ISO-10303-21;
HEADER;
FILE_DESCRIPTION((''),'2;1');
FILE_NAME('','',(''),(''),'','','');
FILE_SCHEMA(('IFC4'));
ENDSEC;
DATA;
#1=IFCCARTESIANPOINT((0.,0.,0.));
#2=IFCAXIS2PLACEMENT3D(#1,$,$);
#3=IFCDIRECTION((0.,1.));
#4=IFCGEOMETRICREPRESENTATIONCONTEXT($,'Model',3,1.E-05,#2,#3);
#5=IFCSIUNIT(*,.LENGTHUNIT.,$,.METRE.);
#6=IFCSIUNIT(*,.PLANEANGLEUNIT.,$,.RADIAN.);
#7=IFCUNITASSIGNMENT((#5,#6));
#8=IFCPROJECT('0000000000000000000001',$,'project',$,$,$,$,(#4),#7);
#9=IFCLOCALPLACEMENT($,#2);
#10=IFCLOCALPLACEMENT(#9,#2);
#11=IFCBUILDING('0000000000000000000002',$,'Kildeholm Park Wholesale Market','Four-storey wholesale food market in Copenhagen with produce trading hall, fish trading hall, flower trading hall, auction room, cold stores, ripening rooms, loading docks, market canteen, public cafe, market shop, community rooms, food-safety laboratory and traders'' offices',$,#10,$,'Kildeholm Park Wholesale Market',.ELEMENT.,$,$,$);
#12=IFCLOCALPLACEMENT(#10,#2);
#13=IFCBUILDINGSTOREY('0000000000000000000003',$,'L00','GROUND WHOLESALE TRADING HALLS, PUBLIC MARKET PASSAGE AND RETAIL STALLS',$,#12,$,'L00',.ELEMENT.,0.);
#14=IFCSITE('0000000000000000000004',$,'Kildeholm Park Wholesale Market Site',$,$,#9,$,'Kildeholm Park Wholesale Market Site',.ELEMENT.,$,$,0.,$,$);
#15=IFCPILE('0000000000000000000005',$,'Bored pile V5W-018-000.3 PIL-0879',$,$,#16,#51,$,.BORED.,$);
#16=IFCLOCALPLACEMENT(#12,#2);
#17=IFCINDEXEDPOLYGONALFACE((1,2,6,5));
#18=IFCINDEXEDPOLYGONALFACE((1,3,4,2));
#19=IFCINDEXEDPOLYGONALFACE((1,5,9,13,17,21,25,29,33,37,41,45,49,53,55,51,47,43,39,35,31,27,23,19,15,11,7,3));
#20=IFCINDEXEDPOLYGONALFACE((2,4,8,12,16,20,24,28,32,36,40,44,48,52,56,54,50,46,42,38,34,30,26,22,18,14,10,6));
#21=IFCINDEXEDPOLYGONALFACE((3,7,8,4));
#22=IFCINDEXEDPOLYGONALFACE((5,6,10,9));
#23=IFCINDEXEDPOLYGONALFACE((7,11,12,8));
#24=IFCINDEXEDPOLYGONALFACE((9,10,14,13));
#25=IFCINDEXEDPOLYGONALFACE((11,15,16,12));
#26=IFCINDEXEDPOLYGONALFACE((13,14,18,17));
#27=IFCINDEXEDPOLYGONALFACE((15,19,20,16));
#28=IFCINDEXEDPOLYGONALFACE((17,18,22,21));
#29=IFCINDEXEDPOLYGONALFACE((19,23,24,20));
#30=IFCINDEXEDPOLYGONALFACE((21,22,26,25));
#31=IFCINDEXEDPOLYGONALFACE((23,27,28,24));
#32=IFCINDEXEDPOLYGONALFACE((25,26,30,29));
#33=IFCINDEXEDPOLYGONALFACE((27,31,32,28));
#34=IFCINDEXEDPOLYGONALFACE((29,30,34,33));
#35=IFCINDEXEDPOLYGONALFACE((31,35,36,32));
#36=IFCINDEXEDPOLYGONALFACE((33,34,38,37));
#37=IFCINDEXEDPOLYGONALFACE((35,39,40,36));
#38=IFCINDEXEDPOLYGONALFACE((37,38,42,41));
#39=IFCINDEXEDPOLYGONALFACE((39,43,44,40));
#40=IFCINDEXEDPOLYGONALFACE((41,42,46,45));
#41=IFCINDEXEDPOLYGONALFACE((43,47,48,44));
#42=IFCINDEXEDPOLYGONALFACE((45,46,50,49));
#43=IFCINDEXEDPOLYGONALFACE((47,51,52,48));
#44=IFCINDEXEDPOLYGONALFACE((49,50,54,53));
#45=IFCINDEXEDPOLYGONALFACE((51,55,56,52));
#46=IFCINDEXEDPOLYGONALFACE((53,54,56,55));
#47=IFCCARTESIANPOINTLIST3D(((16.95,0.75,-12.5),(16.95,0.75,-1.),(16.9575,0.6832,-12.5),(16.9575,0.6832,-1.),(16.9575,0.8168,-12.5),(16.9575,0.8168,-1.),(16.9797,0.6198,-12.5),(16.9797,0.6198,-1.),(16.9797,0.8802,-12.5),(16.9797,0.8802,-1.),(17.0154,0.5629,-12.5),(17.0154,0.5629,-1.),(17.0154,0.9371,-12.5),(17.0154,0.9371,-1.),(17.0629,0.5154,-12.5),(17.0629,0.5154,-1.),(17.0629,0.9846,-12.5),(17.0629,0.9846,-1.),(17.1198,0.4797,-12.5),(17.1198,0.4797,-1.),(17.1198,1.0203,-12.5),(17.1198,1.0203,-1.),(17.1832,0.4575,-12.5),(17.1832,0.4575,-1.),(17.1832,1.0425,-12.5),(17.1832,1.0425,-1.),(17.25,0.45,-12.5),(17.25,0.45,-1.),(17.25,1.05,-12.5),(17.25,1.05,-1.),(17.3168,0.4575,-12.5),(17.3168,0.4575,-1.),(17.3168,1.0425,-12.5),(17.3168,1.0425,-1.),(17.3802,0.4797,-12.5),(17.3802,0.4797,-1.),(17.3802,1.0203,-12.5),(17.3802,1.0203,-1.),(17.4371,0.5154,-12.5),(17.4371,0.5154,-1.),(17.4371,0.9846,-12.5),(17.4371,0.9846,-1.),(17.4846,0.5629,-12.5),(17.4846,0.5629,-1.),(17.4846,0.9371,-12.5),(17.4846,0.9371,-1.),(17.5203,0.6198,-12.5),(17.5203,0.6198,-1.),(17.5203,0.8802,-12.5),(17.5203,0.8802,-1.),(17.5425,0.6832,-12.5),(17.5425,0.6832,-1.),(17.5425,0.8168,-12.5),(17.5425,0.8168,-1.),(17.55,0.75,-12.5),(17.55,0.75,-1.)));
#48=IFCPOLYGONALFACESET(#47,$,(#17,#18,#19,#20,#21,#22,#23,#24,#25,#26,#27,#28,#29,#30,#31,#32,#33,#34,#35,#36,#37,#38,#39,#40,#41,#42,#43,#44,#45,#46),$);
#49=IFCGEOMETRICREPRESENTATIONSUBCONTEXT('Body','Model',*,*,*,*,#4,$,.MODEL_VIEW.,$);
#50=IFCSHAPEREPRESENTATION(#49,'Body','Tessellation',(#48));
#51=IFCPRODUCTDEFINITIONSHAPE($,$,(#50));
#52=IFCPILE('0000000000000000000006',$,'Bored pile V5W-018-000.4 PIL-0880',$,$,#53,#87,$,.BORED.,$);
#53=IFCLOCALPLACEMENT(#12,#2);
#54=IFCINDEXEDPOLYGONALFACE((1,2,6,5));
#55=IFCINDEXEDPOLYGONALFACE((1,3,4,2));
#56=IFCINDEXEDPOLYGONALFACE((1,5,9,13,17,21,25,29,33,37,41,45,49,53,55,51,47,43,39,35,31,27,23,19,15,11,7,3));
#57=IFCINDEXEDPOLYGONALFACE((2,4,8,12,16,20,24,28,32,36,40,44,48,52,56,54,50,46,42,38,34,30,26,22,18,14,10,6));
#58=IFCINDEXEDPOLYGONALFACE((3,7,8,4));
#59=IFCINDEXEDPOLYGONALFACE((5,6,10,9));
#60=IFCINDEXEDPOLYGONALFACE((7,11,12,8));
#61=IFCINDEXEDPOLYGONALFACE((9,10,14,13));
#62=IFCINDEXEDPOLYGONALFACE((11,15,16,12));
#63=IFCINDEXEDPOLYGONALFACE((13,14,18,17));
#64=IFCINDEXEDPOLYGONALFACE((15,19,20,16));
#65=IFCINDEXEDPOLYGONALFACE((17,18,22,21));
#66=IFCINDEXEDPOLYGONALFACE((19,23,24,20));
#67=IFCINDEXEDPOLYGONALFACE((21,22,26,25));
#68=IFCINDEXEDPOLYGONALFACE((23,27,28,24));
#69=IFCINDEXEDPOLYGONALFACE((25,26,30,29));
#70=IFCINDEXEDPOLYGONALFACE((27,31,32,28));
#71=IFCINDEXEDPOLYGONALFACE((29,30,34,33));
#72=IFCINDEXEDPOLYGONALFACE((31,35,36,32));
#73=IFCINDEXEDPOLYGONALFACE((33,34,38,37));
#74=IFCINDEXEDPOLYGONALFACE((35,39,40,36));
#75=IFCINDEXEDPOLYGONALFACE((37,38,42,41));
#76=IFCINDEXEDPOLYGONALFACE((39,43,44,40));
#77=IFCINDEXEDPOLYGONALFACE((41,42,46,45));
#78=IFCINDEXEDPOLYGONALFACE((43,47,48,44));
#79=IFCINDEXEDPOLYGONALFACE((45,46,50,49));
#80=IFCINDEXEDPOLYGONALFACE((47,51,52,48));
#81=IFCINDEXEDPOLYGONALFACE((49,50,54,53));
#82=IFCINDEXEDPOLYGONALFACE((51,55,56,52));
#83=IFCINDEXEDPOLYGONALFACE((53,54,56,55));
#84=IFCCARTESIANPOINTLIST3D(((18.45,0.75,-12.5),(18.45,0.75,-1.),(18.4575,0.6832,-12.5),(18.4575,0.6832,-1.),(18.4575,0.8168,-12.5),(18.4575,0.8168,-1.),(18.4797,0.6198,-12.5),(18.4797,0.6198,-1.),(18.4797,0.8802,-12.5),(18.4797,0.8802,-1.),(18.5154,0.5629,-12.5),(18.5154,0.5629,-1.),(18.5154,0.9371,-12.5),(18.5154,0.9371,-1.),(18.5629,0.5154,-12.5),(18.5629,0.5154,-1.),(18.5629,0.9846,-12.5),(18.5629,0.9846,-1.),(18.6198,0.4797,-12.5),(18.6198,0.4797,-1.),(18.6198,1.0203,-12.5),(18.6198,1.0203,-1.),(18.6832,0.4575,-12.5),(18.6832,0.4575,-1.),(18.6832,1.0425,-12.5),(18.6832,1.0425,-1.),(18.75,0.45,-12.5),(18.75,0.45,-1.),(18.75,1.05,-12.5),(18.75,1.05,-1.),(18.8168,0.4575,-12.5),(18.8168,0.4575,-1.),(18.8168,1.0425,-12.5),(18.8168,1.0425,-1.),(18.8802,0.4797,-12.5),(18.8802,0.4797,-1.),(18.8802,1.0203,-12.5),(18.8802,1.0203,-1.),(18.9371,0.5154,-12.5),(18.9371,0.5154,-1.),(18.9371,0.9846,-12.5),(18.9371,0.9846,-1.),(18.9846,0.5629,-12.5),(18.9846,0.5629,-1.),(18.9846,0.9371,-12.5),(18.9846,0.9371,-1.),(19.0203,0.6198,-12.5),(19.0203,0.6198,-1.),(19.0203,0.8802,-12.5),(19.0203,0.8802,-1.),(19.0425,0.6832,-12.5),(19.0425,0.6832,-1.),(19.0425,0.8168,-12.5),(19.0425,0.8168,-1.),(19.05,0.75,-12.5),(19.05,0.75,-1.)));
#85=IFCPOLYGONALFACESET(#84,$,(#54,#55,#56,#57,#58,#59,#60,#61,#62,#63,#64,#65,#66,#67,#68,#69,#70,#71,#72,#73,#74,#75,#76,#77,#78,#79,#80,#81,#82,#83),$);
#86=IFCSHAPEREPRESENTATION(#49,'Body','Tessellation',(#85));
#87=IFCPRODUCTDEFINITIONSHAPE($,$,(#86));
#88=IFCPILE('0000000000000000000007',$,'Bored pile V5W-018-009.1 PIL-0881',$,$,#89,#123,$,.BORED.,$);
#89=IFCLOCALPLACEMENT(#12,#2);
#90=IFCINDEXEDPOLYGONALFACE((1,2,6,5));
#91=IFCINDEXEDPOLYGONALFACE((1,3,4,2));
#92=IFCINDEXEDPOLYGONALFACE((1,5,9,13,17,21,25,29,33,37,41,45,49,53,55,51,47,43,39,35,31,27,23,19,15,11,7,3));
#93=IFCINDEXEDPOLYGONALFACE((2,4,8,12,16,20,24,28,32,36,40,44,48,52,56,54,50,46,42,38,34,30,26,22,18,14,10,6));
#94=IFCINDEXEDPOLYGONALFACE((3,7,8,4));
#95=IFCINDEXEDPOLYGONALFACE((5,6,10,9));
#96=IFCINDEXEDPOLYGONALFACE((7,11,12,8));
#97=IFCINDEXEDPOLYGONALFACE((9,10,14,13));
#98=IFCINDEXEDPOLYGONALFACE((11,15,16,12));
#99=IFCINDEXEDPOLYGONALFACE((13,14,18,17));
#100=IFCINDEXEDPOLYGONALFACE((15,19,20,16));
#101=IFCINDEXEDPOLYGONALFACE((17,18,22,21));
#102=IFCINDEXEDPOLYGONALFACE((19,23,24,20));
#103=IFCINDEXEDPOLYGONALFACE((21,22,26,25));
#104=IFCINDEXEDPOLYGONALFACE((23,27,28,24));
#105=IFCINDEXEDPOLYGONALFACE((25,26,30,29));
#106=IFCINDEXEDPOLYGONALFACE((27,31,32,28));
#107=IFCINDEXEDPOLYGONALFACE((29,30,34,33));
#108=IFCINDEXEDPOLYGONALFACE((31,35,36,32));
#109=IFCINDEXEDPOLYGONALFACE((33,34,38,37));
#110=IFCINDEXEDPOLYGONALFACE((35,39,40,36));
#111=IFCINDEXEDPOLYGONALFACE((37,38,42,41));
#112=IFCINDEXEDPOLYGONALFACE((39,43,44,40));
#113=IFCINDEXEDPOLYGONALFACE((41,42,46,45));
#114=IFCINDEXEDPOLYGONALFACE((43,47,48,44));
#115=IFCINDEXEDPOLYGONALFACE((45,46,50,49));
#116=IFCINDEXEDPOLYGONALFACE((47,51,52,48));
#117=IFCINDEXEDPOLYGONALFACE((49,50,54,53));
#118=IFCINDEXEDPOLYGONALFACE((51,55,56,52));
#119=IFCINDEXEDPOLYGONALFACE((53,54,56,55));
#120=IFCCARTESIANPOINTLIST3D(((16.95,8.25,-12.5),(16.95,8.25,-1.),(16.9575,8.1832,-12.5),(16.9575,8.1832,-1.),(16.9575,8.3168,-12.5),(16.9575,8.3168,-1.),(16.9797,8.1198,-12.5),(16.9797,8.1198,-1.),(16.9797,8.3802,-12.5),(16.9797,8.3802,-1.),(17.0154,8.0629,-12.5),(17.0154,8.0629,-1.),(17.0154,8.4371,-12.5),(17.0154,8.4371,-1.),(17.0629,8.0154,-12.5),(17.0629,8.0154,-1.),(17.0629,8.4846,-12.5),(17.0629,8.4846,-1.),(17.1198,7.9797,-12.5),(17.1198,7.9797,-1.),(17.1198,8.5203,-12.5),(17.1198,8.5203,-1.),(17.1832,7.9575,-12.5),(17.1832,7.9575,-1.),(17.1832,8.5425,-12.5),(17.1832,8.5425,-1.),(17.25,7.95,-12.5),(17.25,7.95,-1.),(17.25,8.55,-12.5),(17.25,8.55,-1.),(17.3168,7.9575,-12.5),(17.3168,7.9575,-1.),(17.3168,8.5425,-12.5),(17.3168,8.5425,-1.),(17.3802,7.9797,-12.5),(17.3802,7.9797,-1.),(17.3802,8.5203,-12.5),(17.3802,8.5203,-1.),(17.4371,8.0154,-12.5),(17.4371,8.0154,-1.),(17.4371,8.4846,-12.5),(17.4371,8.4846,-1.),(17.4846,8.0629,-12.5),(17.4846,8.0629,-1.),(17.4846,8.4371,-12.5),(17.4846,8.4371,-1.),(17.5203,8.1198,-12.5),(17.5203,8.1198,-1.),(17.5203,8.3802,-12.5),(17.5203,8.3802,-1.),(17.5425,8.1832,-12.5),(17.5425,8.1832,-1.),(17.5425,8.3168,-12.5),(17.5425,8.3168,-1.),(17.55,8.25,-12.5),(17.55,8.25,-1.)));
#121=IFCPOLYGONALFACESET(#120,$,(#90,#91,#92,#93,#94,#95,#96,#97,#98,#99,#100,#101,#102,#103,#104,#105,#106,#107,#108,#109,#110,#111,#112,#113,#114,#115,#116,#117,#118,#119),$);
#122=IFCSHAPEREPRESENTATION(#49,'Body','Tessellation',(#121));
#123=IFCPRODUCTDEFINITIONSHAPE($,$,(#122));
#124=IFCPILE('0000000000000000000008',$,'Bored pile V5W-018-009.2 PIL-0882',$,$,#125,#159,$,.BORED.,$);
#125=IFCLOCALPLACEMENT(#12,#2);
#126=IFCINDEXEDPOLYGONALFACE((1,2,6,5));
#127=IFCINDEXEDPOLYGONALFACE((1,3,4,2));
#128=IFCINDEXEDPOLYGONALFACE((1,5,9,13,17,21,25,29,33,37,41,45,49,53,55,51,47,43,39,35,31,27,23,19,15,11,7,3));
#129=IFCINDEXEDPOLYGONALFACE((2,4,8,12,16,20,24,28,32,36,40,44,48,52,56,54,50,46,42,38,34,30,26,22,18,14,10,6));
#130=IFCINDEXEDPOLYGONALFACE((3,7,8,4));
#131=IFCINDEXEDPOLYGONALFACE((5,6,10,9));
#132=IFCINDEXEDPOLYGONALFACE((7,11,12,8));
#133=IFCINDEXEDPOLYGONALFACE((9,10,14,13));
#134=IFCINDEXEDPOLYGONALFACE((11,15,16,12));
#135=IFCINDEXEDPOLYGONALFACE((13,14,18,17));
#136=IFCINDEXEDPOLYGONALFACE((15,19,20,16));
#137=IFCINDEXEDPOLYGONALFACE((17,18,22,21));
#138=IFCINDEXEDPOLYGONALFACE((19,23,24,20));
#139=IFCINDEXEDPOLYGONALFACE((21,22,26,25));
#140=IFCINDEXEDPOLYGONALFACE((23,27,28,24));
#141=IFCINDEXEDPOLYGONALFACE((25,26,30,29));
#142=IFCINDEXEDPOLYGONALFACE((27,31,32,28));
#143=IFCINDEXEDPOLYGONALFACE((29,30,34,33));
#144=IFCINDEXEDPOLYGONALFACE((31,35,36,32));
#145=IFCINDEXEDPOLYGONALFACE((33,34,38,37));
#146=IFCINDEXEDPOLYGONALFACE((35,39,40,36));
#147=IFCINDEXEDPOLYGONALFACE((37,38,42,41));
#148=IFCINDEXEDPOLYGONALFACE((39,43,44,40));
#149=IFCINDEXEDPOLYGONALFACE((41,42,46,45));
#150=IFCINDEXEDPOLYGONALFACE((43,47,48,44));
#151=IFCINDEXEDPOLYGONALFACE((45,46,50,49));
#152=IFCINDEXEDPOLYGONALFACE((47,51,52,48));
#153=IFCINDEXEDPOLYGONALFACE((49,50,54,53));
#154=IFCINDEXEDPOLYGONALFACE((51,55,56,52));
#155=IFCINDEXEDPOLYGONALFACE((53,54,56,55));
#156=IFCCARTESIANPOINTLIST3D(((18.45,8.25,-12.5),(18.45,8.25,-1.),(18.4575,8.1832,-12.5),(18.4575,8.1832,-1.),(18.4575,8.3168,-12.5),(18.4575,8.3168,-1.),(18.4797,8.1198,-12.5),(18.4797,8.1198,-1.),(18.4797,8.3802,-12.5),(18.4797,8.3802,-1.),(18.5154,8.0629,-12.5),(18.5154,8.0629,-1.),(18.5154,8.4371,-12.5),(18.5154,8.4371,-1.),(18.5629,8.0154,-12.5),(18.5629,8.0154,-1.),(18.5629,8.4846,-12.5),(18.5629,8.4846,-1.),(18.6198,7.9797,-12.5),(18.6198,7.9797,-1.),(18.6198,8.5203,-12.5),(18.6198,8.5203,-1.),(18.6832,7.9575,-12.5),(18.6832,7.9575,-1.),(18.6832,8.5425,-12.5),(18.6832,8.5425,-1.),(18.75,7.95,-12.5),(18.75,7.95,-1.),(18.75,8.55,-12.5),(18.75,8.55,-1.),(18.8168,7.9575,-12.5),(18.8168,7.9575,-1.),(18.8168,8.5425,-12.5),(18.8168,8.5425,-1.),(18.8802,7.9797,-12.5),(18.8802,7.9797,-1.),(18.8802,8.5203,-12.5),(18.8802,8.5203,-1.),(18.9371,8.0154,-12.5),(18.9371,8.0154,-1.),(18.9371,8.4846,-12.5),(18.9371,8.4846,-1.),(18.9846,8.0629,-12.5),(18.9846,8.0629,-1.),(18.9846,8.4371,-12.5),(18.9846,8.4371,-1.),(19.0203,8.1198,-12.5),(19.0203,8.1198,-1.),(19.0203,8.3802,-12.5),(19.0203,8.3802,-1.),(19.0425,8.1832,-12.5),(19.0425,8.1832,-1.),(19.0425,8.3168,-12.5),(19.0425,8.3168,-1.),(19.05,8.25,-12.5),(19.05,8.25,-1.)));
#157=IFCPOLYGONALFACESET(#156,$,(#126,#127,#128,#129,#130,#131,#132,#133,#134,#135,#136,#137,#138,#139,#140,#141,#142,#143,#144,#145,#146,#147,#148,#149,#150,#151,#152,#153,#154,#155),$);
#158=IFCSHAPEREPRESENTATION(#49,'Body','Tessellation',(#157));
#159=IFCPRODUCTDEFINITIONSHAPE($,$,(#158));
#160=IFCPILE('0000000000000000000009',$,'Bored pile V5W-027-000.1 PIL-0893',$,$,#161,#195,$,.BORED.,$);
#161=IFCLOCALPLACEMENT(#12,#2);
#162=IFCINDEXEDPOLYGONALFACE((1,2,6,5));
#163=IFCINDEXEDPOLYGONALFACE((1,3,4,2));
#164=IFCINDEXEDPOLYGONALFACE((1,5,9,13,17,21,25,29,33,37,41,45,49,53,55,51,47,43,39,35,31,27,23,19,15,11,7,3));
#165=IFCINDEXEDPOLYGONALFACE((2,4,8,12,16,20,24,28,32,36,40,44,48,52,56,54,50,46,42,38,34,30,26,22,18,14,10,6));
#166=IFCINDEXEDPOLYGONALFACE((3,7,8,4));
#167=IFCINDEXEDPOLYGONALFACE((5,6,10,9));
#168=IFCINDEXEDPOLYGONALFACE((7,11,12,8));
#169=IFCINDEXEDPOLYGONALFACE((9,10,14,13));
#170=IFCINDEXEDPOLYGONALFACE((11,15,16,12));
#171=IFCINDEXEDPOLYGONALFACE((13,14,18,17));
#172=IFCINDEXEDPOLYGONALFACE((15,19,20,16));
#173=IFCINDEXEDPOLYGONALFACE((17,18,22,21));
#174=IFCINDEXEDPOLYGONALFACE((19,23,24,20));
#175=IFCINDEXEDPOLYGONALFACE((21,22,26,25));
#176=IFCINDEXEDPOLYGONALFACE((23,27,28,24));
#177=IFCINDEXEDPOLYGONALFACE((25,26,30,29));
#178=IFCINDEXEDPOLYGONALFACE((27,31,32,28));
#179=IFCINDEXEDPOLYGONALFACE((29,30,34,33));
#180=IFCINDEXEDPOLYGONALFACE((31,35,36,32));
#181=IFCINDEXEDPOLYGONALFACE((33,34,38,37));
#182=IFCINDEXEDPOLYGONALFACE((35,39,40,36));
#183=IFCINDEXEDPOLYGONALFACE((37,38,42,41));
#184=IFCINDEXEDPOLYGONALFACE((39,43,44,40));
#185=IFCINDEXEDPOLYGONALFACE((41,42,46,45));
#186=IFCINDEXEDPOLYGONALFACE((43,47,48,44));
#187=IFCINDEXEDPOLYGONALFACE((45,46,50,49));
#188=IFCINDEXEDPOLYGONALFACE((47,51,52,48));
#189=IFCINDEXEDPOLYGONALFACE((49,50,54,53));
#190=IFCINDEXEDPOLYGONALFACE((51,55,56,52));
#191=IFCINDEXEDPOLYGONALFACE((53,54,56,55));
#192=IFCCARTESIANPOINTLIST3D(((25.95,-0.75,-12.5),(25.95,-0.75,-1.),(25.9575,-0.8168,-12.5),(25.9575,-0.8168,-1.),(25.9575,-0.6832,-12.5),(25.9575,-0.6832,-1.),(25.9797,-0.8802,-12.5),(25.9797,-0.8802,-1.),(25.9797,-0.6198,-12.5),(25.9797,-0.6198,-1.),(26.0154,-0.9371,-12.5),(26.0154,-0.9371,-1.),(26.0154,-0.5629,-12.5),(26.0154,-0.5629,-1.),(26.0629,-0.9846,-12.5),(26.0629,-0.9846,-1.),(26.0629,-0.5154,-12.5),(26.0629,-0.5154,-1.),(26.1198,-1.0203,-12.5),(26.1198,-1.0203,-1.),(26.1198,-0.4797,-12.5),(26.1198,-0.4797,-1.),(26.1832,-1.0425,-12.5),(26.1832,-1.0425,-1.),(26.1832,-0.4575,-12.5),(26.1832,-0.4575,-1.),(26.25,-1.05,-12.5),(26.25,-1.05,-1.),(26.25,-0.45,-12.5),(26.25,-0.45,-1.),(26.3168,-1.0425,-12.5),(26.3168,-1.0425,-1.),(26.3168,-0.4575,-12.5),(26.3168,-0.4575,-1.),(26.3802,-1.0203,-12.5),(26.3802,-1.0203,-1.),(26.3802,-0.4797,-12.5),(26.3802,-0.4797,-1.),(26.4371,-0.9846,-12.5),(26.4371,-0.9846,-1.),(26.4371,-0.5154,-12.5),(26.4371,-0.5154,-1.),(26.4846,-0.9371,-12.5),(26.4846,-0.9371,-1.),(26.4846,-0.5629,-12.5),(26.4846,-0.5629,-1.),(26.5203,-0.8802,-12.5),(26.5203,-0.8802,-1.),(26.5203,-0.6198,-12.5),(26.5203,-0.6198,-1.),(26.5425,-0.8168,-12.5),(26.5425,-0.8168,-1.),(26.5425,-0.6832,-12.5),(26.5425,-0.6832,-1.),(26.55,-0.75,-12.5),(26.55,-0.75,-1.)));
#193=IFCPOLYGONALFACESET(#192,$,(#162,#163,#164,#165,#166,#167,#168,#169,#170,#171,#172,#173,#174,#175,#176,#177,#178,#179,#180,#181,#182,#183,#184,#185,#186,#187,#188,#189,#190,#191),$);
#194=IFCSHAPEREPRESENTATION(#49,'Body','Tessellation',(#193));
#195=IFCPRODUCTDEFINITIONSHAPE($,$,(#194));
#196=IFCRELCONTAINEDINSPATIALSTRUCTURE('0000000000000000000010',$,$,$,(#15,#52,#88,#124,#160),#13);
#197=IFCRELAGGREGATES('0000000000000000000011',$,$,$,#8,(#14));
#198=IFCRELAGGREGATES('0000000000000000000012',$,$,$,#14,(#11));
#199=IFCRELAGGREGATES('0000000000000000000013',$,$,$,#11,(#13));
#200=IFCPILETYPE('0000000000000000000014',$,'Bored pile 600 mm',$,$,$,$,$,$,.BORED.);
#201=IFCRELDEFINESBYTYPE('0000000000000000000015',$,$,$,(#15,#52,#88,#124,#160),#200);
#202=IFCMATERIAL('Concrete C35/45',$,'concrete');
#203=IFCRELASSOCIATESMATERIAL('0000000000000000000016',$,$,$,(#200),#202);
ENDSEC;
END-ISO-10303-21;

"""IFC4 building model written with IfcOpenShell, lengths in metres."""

from ifc_helpers import new_model, si_unit, direction, frame, origin, origin_2d, place, context, subcontext, project, spatial, circle, extrude, material, material_profile, profile_set, type_object, element, save


model = new_model("IFC4")

# Units and contexts
model_context = context("Model", 3, precision=1e-05, world=origin(), true_north=direction((0.0, 1.0)))
body_context = subcontext(model_context, "Body", "Model", "MODEL_VIEW")
ifc_project = project(units=[si_unit("LENGTHUNIT", "METRE"), si_unit("PLANEANGLEUNIT", "RADIAN")], contexts=[model_context])

# Site, building, storey
site_placement = place(None, origin())
site = spatial("IfcSite", under=ifc_project, at=site_placement, Name="Kildeholm Park Wholesale Market Site", LongName="Kildeholm Park Wholesale Market Site", CompositionType="ELEMENT", RefElevation=0.0)
building_placement = place(site_placement, origin())
building = spatial("IfcBuilding", under=site, at=building_placement, Name="Kildeholm Park Wholesale Market", Description="Four-storey wholesale food market in Copenhagen with produce trading hall, fish trading hall, flower trading hall, auction room, cold stores, ripening rooms, loading docks, market canteen, public cafe, market shop, community rooms, food-safety laboratory and traders' offices", LongName="Kildeholm Park Wholesale Market", CompositionType="ELEMENT")
storey_placement = place(building_placement, origin())
storey = spatial("IfcBuildingStorey", under=building, at=storey_placement, Name="L00", Description="GROUND WHOLESALE TRADING HALLS, PUBLIC MARKET PASSAGE AND RETAIL STALLS", LongName="L00", CompositionType="ELEMENT", Elevation=0.0)

# Piles
ifc_material_1 = material(Name="Concrete C35/45", Category="concrete")
ifc_material_profile_1 = material_profile(ifc_material_1, circle(Radius=0.3, at=origin_2d()), Name="PILE D600")
ifc_profile_set_1 = profile_set([ifc_material_profile_1], Name="Concrete C35/45")
pile_type = type_object("IfcPileType", Name="Bored pile 600 mm", PredefinedType="BORED", material=ifc_profile_set_1)
for number, where, z_axis, x_axis, name in (
    (1, (17.25, 0.75, -1.0), (0.0, 0.0, -1.0), (1.0, 0.0, 0.0), "Bored pile V5W-018-000.3 PIL-0879"),
    (2, (18.75, 0.75, -1.0), (0.0, 0.0, -1.0), (1.0, 0.0, 0.0), "Bored pile V5W-018-000.4 PIL-0880"),
    (3, (17.25, 8.25, -1.0), (0.0, 0.0, -1.0), (1.0, 0.0, 0.0), "Bored pile V5W-018-009.1 PIL-0881"),
    (4, (18.75, 8.25, -1.0), (0.0, 0.0, -1.0), (1.0, 0.0, 0.0), "Bored pile V5W-018-009.2 PIL-0882"),
    (5, (26.25, -0.75, -1.0), (0.0, 0.0, -1.0), (1.0, 0.0, 0.0), "Bored pile V5W-027-000.1 PIL-0893"),
):
    element("IfcPile", number, at=place(storey_placement, frame(where, z_axis=z_axis, x_axis=x_axis)), inside=storey, type_object=pile_type, Name=name, PredefinedType="BORED", context=body_context, shape_type="SweptSolid", body=[
        extrude(circle(Radius=0.3, at=origin_2d()), origin(), (0.0, 0.0, 1.0), 11.5),
    ])

save(model, "model.ifc")
